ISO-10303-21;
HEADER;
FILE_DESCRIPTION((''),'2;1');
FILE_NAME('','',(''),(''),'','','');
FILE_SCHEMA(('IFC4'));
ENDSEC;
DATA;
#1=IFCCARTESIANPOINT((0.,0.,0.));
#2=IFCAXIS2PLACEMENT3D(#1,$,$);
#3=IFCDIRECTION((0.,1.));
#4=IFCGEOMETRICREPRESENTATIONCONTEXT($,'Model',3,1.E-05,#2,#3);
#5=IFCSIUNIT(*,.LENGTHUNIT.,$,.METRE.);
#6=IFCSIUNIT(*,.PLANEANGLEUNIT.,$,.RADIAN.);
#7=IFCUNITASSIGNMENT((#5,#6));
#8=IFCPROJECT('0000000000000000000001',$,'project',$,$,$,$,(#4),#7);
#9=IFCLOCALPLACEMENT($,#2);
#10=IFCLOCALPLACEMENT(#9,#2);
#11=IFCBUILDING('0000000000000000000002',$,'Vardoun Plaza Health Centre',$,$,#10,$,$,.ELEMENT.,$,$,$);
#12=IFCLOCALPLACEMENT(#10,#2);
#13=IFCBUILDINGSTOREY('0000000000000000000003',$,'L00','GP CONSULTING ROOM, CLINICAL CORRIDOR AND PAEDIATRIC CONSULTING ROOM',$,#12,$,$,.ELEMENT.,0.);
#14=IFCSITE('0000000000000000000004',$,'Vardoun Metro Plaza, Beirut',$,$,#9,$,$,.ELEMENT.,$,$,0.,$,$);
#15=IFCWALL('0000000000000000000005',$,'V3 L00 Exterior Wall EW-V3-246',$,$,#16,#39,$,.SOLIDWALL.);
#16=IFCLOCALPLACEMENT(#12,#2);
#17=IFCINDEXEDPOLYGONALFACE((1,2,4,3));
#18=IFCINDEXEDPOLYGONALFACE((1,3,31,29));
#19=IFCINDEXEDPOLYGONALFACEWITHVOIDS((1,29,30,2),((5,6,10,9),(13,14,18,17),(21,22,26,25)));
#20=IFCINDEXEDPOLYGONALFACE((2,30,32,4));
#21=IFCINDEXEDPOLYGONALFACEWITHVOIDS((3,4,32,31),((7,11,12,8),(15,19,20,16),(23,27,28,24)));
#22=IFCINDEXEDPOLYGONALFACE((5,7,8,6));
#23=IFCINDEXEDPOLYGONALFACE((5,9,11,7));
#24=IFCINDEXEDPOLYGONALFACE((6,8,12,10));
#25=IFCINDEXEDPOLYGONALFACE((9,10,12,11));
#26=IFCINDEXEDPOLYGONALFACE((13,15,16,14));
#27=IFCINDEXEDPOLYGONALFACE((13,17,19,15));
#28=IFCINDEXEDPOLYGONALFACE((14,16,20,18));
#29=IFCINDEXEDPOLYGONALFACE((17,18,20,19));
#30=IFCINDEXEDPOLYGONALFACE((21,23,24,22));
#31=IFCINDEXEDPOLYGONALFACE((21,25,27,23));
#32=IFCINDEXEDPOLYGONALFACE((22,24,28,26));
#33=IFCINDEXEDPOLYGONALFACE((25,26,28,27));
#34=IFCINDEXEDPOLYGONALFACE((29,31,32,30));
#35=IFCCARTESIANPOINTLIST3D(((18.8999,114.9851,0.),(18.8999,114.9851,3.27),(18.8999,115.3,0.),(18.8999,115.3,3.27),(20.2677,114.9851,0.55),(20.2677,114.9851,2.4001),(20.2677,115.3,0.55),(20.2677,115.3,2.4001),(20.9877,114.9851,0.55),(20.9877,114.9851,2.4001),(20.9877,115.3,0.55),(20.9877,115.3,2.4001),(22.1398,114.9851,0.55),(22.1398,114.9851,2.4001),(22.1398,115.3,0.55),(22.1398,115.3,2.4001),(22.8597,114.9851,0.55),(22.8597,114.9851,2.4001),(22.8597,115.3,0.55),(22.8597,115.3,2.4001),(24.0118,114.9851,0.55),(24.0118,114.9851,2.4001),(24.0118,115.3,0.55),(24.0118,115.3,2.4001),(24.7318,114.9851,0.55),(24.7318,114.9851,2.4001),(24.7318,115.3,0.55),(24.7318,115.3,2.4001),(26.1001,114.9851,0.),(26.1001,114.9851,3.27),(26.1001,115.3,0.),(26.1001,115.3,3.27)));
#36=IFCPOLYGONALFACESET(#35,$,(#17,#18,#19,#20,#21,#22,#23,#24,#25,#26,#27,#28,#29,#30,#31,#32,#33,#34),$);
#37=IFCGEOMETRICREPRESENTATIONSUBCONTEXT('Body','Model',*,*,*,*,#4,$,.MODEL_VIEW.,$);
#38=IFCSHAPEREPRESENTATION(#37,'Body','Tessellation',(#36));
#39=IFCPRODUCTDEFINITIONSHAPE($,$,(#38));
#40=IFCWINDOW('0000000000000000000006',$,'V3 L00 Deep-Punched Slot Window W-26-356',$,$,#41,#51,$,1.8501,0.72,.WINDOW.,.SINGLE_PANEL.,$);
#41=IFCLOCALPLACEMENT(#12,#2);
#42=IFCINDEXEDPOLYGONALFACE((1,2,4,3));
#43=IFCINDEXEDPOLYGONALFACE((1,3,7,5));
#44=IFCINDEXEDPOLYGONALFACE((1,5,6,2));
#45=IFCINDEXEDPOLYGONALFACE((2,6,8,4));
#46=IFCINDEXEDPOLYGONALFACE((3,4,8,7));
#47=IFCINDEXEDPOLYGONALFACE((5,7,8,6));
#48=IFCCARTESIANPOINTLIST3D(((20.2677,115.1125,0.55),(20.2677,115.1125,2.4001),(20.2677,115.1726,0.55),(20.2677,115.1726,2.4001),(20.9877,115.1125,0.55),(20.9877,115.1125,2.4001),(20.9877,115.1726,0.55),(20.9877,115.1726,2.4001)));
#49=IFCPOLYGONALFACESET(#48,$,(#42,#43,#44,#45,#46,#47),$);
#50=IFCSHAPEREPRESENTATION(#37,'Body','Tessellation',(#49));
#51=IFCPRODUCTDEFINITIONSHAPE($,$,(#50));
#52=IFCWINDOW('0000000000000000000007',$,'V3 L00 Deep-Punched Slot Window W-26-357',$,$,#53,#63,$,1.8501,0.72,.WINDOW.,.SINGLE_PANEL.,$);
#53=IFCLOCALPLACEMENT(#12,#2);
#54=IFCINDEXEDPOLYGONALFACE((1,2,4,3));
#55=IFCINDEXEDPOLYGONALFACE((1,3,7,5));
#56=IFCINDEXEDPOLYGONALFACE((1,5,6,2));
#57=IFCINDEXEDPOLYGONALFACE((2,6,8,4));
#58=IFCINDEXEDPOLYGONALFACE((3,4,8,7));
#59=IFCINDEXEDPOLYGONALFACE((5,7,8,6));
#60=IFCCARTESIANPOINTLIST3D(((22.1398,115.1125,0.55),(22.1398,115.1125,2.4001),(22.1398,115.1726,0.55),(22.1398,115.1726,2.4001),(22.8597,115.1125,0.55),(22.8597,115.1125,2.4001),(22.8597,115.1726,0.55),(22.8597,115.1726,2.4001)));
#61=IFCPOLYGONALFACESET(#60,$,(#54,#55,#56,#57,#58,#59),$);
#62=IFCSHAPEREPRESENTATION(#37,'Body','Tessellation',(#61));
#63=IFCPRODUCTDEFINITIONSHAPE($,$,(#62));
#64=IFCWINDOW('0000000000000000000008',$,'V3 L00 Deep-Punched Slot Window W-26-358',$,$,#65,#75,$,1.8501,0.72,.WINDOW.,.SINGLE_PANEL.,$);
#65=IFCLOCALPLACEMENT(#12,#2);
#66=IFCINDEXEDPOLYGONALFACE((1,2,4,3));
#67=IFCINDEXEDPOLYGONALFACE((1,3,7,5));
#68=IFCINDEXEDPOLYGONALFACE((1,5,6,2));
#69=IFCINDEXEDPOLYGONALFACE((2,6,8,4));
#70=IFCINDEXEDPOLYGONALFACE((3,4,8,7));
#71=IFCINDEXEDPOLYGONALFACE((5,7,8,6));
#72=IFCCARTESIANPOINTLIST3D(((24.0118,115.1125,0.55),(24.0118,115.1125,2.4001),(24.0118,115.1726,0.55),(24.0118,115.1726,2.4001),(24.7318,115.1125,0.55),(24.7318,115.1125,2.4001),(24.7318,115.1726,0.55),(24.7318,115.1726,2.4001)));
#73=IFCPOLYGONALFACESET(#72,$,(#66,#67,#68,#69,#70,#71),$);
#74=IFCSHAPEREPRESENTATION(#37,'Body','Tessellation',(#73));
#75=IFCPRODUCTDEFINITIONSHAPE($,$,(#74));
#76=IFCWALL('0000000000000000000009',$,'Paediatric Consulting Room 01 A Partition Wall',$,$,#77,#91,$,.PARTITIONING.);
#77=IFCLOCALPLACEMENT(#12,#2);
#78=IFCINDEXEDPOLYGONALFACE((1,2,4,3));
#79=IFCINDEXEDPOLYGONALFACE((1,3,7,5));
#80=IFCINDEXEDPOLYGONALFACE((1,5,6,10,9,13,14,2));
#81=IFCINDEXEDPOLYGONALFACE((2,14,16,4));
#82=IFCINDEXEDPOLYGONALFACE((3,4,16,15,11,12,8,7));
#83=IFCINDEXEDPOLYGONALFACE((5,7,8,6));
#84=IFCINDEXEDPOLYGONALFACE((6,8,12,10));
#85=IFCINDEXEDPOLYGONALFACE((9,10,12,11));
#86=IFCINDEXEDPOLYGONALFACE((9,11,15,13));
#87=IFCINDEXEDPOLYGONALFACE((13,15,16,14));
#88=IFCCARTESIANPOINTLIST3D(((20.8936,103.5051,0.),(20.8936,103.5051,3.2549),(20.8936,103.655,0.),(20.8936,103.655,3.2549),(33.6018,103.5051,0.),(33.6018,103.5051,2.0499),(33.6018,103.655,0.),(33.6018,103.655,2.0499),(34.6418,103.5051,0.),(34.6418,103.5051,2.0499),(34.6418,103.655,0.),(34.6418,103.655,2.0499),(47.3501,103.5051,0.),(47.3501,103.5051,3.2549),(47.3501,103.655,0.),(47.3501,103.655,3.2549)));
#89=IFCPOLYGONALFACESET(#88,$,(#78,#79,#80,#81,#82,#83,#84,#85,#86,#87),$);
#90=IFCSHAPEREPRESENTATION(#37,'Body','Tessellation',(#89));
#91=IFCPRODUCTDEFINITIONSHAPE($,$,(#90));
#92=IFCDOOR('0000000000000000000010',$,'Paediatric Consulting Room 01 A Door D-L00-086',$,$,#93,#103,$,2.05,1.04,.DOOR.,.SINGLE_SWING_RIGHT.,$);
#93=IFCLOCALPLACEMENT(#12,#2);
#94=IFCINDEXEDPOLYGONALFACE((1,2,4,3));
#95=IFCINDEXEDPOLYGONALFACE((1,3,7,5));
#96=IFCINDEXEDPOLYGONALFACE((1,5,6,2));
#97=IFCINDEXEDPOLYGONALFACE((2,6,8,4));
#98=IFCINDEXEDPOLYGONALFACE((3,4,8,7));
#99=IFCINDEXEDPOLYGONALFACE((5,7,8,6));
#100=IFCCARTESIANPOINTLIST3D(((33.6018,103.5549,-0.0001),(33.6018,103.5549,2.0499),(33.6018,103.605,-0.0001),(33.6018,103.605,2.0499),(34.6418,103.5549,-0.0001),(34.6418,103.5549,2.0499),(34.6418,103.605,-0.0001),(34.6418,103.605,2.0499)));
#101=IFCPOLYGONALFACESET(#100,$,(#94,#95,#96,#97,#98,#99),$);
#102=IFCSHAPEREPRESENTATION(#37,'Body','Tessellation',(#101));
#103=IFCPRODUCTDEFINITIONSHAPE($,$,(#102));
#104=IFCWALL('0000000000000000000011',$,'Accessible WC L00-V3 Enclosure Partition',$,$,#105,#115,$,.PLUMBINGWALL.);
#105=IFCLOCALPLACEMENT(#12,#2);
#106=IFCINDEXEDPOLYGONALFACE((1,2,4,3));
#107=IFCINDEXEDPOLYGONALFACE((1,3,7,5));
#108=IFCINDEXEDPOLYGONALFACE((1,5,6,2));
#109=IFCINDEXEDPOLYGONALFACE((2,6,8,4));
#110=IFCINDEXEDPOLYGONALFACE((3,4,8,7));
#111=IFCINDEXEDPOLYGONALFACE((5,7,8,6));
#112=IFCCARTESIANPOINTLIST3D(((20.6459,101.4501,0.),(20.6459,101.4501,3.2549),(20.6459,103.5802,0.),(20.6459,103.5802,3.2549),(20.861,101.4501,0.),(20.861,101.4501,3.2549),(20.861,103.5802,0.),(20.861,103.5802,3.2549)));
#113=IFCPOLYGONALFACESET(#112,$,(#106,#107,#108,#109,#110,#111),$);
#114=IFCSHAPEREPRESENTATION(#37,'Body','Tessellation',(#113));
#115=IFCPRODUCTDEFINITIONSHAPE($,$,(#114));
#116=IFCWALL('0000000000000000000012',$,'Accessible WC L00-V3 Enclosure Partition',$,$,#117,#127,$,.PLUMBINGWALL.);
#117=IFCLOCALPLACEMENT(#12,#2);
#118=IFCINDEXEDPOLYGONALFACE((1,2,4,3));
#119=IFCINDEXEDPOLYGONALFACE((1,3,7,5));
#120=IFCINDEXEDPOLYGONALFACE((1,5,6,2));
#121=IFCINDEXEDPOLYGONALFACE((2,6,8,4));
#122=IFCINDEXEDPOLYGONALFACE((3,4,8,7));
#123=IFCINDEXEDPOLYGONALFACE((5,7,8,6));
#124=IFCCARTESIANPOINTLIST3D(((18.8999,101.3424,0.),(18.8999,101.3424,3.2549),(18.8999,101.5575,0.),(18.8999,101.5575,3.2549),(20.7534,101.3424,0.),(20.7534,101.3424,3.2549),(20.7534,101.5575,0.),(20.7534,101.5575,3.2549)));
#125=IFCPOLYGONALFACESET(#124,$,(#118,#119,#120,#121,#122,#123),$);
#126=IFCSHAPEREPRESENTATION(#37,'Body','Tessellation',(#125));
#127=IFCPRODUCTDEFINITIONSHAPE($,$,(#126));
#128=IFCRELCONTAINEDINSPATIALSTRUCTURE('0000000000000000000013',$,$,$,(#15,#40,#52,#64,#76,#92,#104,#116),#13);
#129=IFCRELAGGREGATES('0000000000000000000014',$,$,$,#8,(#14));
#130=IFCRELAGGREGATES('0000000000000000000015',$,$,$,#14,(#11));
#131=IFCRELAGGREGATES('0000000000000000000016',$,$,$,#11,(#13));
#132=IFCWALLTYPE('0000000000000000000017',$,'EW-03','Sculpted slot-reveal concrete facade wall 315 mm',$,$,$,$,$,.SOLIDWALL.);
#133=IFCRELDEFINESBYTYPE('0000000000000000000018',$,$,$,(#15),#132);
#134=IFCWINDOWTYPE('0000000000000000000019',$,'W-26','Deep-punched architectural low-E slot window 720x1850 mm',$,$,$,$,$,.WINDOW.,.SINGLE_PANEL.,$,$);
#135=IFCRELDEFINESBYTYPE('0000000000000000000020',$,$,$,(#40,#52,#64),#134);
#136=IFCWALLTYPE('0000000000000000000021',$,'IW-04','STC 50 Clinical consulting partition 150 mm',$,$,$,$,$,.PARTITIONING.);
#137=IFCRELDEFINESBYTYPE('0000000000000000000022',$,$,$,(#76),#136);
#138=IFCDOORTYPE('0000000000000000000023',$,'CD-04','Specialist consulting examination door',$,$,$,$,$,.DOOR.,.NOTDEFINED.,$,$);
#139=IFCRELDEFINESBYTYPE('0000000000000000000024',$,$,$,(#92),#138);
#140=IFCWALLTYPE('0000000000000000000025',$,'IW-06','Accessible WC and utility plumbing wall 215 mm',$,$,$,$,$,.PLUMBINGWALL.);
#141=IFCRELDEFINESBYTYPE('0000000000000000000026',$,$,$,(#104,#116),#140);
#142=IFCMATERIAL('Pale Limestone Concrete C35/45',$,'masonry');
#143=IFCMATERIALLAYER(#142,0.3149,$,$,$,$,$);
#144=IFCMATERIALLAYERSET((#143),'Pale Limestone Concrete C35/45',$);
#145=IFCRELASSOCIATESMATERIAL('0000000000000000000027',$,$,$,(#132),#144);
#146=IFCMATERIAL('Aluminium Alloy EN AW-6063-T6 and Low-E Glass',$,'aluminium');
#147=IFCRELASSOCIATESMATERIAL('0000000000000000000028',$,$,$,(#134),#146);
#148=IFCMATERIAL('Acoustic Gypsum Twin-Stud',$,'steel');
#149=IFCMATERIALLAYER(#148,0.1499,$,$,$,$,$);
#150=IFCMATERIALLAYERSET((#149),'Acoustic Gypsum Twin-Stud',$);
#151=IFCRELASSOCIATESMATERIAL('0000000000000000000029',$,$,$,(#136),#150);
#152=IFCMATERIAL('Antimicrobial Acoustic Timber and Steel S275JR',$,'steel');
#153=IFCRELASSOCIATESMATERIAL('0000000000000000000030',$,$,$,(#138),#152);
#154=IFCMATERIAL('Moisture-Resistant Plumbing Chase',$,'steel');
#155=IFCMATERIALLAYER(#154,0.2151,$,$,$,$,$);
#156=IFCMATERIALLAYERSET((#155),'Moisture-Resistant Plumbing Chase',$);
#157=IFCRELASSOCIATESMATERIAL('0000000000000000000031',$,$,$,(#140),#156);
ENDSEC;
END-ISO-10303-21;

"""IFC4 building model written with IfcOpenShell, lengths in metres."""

from ifc_helpers import new_model, si_unit, direction, frame, frame_2d, origin, place, context, subcontext, project, spatial, rectangle, extrude, material, layer, layer_set, type_object, element, fill, save


model = new_model("IFC4")

# Units and contexts
model_context = context("Model", 3, precision=1e-05, world=origin(), true_north=direction((0.0, 1.0)))
body_context = subcontext(model_context, "Body", "Model", "MODEL_VIEW")
ifc_project = project(units=[si_unit("LENGTHUNIT", "METRE"), si_unit("PLANEANGLEUNIT", "RADIAN")], contexts=[model_context])

# Site, building, storey
site_placement = place(None, origin())
site = spatial("IfcSite", under=ifc_project, at=site_placement, Name="Vardoun Metro Plaza, Beirut", CompositionType="ELEMENT", RefElevation=0.0)
building_placement = place(site_placement, origin())
building = spatial("IfcBuilding", under=site, at=building_placement, Name="Vardoun Plaza Health Centre", CompositionType="ELEMENT")
storey_placement = place(building_placement, origin())
storey = spatial("IfcBuildingStorey", under=building, at=storey_placement, Name="L00", Description="GP CONSULTING ROOM, CLINICAL CORRIDOR AND PAEDIATRIC CONSULTING ROOM", CompositionType="ELEMENT", Elevation=0.0)

# Wall, openings, windows
ifc_material_1 = material(Name="Pale Limestone Concrete C35/45", Category="masonry")
ifc_layer_1 = layer(ifc_material_1, 0.3149)
ifc_layer_set_1 = layer_set([ifc_layer_1], Name="Pale Limestone Concrete C35/45")
wall_type_1 = type_object("IfcWallType", Name="EW-03", Description="Sculpted slot-reveal concrete facade wall 315 mm", PredefinedType="SOLIDWALL", material=ifc_layer_set_1)
wall_1_placement = place(storey_placement, frame((18.8999, 115.1426, 0.0), z_axis=(0.0, 0.0, 1.0), x_axis=(1.0, 0.0, 0.0)))
wall_1 = element("IfcWall", 1, at=wall_1_placement, inside=storey, type_object=wall_type_1, Name="V3 L00 Exterior Wall EW-V3-246", PredefinedType="SOLIDWALL", context=body_context, shape_type="SweptSolid", body=[
    extrude(rectangle(XDim=7.2002, YDim=0.3149, at=frame_2d((3.6001, 0.0))), origin(), (0.0, 0.0, 1.0), 3.27),
])
opening_1_placement = place(wall_1_placement, frame((1.3679, 0.0, 0.55)))
opening_1 = element("IfcOpeningElement", 2, at=opening_1_placement, cuts=wall_1, PredefinedType="OPENING", context=body_context, shape_type="SweptSolid", body=[
    extrude(rectangle(XDim=0.72, YDim=1.8501, at=frame_2d((0.3599, 0.925))), frame((0.0, 0.1575, 0.0), z_axis=(0.0, -1.0, 0.0), x_axis=(1.0, 0.0, 0.0)), (0.0, 0.0, 1.0), 0.3149),
])
opening_2_placement = place(wall_1_placement, frame((3.24, 0.0, 0.55)))
opening_2 = element("IfcOpeningElement", 3, at=opening_2_placement, cuts=wall_1, PredefinedType="OPENING", context=body_context, shape_type="SweptSolid", body=[
    extrude(rectangle(XDim=0.72, YDim=1.8501, at=frame_2d((0.3599, 0.925))), frame((0.0, 0.1575, 0.0), z_axis=(0.0, -1.0, 0.0), x_axis=(1.0, 0.0, 0.0)), (0.0, 0.0, 1.0), 0.3149),
])
opening_3_placement = place(wall_1_placement, frame((5.1121, 0.0, 0.55)))
opening_3 = element("IfcOpeningElement", 4, at=opening_3_placement, cuts=wall_1, PredefinedType="OPENING", context=body_context, shape_type="SweptSolid", body=[
    extrude(rectangle(XDim=0.72, YDim=1.8501, at=frame_2d((0.3599, 0.925))), frame((0.0, 0.1575, 0.0), z_axis=(0.0, -1.0, 0.0), x_axis=(1.0, 0.0, 0.0)), (0.0, 0.0, 1.0), 0.3149),
])
ifc_material_2 = material(Name="Aluminium Alloy EN AW-6063-T6 and Low-E Glass", Category="aluminium")
window_type = type_object("IfcWindowType", Name="W-26", Description="Deep-punched architectural low-E slot window 720x1850 mm", PartitioningType="SINGLE_PANEL", PredefinedType="WINDOW", material=ifc_material_2)
window_1_placement = place(opening_1_placement, origin())
window_1 = element("IfcWindow", 5, at=window_1_placement, inside=storey, type_object=window_type, Name="V3 L00 Deep-Punched Slot Window W-26-356", OverallHeight=1.8501, OverallWidth=0.72, PartitioningType="SINGLE_PANEL", PredefinedType="WINDOW", context=body_context, shape_type="SweptSolid", body=[
    extrude(rectangle(XDim=0.72, YDim=1.8501, at=frame_2d((0.3599, 0.925))), frame((0.0, 0.03, 0.0), z_axis=(0.0, -1.0, 0.0), x_axis=(1.0, 0.0, 0.0)), (0.0, 0.0, 1.0), 0.0601),
])
fill(opening_1, window_1)
window_2_placement = place(opening_2_placement, origin())
window_2 = element("IfcWindow", 6, at=window_2_placement, inside=storey, type_object=window_type, Name="V3 L00 Deep-Punched Slot Window W-26-357", OverallHeight=1.8501, OverallWidth=0.72, PartitioningType="SINGLE_PANEL", PredefinedType="WINDOW", context=body_context, shape_type="SweptSolid", body=[
    extrude(rectangle(XDim=0.72, YDim=1.8501, at=frame_2d((0.3599, 0.925))), frame((0.0, 0.03, 0.0), z_axis=(0.0, -1.0, 0.0), x_axis=(1.0, 0.0, 0.0)), (0.0, 0.0, 1.0), 0.0601),
])
fill(opening_2, window_2)
window_3_placement = place(opening_3_placement, origin())
window_3 = element("IfcWindow", 7, at=window_3_placement, inside=storey, type_object=window_type, Name="V3 L00 Deep-Punched Slot Window W-26-358", OverallHeight=1.8501, OverallWidth=0.72, PartitioningType="SINGLE_PANEL", PredefinedType="WINDOW", context=body_context, shape_type="SweptSolid", body=[
    extrude(rectangle(XDim=0.72, YDim=1.8501, at=frame_2d((0.3599, 0.925))), frame((0.0, 0.03, 0.0), z_axis=(0.0, -1.0, 0.0), x_axis=(1.0, 0.0, 0.0)), (0.0, 0.0, 1.0), 0.0601),
])
fill(opening_3, window_3)

# Wall, opening, door
ifc_material_3 = material(Name="Acoustic Gypsum Twin-Stud", Category="steel")
ifc_layer_2 = layer(ifc_material_3, 0.1499)
ifc_layer_set_2 = layer_set([ifc_layer_2], Name="Acoustic Gypsum Twin-Stud")
wall_type_2 = type_object("IfcWallType", Name="IW-04", Description="STC 50 Clinical consulting partition 150 mm", PredefinedType="PARTITIONING", material=ifc_layer_set_2)
wall_2_placement = place(storey_placement, frame((20.8936, 103.5801, 0.0), z_axis=(0.0, 0.0, 1.0), x_axis=(1.0, 0.0, 0.0)))
wall_2 = element("IfcWall", 8, at=wall_2_placement, inside=storey, type_object=wall_type_2, Name="Paediatric Consulting Room 01 A Partition Wall", PredefinedType="PARTITIONING", context=body_context, shape_type="SweptSolid", body=[
    extrude(rectangle(XDim=26.4565, YDim=0.1499, at=frame_2d((13.2283, 0.0))), origin(), (0.0, 0.0, 1.0), 3.2549),
])
opening_4_placement = place(wall_2_placement, frame((12.7083, 0.0, 0.0)))
opening_4 = element("IfcOpeningElement", 9, at=opening_4_placement, cuts=wall_2, PredefinedType="OPENING", context=body_context, shape_type="SweptSolid", body=[
    extrude(rectangle(XDim=1.04, YDim=2.05, at=frame_2d((0.52, 1.0249))), frame((0.0, 0.075, 0.0), z_axis=(0.0, -1.0, 0.0), x_axis=(1.0, 0.0, 0.0)), (0.0, 0.0, 1.0), 0.1499),
])
ifc_material_4 = material(Name="Antimicrobial Acoustic Timber and Steel S275JR", Category="steel")
door_type = type_object("IfcDoorType", Name="CD-04", Description="Specialist consulting examination door", OperationType="NOTDEFINED", PredefinedType="DOOR", material=ifc_material_4)
door_placement = place(opening_4_placement, origin())
door = element("IfcDoor", 10, at=door_placement, inside=storey, type_object=door_type, Name="Paediatric Consulting Room 01 A Door D-L00-086", OperationType="SINGLE_SWING_RIGHT", OverallHeight=2.05, OverallWidth=1.04, PredefinedType="DOOR", context=body_context, shape_type="SweptSolid", body=[
    extrude(rectangle(XDim=1.04, YDim=2.05, at=frame_2d((0.52, 1.0249))), frame((0.0, 0.0249, 0.0), z_axis=(0.0, -1.0, 0.0), x_axis=(1.0, 0.0, 0.0)), (0.0, 0.0, 1.0), 0.05),
])
fill(opening_4, door)

# Walls
ifc_material_5 = material(Name="Moisture-Resistant Plumbing Chase", Category="steel")
ifc_layer_3 = layer(ifc_material_5, 0.2151)
ifc_layer_set_3 = layer_set([ifc_layer_3], Name="Moisture-Resistant Plumbing Chase")
wall_type_3 = type_object("IfcWallType", Name="IW-06", Description="Accessible WC and utility plumbing wall 215 mm", PredefinedType="PLUMBINGWALL", material=ifc_layer_set_3)
wall_3_placement = place(storey_placement, frame((20.7534, 103.5801, 0.0), z_axis=(0.0, 0.0, 1.0), x_axis=(0.0, -1.0, 0.0)))
element("IfcWall", 11, at=wall_3_placement, inside=storey, type_object=wall_type_3, Name="Accessible WC L00-V3 Enclosure Partition", PredefinedType="PLUMBINGWALL", context=body_context, shape_type="SweptSolid", body=[
    extrude(rectangle(XDim=2.1301, YDim=0.2151, at=frame_2d((1.0649, 0.0))), origin(), (0.0, 0.0, 1.0), 3.2549),
])
wall_4_placement = place(storey_placement, frame((20.7534, 101.45, 0.0), z_axis=(0.0, 0.0, 1.0), x_axis=(-1.0, 0.0, 0.0)))
element("IfcWall", 12, at=wall_4_placement, inside=storey, type_object=wall_type_3, Name="Accessible WC L00-V3 Enclosure Partition", PredefinedType="PLUMBINGWALL", context=body_context, shape_type="SweptSolid", body=[
    extrude(rectangle(XDim=1.8535, YDim=0.2151, at=frame_2d((0.9268, 0.0))), origin(), (0.0, 0.0, 1.0), 3.2549),
])

save(model, "model.ifc")
